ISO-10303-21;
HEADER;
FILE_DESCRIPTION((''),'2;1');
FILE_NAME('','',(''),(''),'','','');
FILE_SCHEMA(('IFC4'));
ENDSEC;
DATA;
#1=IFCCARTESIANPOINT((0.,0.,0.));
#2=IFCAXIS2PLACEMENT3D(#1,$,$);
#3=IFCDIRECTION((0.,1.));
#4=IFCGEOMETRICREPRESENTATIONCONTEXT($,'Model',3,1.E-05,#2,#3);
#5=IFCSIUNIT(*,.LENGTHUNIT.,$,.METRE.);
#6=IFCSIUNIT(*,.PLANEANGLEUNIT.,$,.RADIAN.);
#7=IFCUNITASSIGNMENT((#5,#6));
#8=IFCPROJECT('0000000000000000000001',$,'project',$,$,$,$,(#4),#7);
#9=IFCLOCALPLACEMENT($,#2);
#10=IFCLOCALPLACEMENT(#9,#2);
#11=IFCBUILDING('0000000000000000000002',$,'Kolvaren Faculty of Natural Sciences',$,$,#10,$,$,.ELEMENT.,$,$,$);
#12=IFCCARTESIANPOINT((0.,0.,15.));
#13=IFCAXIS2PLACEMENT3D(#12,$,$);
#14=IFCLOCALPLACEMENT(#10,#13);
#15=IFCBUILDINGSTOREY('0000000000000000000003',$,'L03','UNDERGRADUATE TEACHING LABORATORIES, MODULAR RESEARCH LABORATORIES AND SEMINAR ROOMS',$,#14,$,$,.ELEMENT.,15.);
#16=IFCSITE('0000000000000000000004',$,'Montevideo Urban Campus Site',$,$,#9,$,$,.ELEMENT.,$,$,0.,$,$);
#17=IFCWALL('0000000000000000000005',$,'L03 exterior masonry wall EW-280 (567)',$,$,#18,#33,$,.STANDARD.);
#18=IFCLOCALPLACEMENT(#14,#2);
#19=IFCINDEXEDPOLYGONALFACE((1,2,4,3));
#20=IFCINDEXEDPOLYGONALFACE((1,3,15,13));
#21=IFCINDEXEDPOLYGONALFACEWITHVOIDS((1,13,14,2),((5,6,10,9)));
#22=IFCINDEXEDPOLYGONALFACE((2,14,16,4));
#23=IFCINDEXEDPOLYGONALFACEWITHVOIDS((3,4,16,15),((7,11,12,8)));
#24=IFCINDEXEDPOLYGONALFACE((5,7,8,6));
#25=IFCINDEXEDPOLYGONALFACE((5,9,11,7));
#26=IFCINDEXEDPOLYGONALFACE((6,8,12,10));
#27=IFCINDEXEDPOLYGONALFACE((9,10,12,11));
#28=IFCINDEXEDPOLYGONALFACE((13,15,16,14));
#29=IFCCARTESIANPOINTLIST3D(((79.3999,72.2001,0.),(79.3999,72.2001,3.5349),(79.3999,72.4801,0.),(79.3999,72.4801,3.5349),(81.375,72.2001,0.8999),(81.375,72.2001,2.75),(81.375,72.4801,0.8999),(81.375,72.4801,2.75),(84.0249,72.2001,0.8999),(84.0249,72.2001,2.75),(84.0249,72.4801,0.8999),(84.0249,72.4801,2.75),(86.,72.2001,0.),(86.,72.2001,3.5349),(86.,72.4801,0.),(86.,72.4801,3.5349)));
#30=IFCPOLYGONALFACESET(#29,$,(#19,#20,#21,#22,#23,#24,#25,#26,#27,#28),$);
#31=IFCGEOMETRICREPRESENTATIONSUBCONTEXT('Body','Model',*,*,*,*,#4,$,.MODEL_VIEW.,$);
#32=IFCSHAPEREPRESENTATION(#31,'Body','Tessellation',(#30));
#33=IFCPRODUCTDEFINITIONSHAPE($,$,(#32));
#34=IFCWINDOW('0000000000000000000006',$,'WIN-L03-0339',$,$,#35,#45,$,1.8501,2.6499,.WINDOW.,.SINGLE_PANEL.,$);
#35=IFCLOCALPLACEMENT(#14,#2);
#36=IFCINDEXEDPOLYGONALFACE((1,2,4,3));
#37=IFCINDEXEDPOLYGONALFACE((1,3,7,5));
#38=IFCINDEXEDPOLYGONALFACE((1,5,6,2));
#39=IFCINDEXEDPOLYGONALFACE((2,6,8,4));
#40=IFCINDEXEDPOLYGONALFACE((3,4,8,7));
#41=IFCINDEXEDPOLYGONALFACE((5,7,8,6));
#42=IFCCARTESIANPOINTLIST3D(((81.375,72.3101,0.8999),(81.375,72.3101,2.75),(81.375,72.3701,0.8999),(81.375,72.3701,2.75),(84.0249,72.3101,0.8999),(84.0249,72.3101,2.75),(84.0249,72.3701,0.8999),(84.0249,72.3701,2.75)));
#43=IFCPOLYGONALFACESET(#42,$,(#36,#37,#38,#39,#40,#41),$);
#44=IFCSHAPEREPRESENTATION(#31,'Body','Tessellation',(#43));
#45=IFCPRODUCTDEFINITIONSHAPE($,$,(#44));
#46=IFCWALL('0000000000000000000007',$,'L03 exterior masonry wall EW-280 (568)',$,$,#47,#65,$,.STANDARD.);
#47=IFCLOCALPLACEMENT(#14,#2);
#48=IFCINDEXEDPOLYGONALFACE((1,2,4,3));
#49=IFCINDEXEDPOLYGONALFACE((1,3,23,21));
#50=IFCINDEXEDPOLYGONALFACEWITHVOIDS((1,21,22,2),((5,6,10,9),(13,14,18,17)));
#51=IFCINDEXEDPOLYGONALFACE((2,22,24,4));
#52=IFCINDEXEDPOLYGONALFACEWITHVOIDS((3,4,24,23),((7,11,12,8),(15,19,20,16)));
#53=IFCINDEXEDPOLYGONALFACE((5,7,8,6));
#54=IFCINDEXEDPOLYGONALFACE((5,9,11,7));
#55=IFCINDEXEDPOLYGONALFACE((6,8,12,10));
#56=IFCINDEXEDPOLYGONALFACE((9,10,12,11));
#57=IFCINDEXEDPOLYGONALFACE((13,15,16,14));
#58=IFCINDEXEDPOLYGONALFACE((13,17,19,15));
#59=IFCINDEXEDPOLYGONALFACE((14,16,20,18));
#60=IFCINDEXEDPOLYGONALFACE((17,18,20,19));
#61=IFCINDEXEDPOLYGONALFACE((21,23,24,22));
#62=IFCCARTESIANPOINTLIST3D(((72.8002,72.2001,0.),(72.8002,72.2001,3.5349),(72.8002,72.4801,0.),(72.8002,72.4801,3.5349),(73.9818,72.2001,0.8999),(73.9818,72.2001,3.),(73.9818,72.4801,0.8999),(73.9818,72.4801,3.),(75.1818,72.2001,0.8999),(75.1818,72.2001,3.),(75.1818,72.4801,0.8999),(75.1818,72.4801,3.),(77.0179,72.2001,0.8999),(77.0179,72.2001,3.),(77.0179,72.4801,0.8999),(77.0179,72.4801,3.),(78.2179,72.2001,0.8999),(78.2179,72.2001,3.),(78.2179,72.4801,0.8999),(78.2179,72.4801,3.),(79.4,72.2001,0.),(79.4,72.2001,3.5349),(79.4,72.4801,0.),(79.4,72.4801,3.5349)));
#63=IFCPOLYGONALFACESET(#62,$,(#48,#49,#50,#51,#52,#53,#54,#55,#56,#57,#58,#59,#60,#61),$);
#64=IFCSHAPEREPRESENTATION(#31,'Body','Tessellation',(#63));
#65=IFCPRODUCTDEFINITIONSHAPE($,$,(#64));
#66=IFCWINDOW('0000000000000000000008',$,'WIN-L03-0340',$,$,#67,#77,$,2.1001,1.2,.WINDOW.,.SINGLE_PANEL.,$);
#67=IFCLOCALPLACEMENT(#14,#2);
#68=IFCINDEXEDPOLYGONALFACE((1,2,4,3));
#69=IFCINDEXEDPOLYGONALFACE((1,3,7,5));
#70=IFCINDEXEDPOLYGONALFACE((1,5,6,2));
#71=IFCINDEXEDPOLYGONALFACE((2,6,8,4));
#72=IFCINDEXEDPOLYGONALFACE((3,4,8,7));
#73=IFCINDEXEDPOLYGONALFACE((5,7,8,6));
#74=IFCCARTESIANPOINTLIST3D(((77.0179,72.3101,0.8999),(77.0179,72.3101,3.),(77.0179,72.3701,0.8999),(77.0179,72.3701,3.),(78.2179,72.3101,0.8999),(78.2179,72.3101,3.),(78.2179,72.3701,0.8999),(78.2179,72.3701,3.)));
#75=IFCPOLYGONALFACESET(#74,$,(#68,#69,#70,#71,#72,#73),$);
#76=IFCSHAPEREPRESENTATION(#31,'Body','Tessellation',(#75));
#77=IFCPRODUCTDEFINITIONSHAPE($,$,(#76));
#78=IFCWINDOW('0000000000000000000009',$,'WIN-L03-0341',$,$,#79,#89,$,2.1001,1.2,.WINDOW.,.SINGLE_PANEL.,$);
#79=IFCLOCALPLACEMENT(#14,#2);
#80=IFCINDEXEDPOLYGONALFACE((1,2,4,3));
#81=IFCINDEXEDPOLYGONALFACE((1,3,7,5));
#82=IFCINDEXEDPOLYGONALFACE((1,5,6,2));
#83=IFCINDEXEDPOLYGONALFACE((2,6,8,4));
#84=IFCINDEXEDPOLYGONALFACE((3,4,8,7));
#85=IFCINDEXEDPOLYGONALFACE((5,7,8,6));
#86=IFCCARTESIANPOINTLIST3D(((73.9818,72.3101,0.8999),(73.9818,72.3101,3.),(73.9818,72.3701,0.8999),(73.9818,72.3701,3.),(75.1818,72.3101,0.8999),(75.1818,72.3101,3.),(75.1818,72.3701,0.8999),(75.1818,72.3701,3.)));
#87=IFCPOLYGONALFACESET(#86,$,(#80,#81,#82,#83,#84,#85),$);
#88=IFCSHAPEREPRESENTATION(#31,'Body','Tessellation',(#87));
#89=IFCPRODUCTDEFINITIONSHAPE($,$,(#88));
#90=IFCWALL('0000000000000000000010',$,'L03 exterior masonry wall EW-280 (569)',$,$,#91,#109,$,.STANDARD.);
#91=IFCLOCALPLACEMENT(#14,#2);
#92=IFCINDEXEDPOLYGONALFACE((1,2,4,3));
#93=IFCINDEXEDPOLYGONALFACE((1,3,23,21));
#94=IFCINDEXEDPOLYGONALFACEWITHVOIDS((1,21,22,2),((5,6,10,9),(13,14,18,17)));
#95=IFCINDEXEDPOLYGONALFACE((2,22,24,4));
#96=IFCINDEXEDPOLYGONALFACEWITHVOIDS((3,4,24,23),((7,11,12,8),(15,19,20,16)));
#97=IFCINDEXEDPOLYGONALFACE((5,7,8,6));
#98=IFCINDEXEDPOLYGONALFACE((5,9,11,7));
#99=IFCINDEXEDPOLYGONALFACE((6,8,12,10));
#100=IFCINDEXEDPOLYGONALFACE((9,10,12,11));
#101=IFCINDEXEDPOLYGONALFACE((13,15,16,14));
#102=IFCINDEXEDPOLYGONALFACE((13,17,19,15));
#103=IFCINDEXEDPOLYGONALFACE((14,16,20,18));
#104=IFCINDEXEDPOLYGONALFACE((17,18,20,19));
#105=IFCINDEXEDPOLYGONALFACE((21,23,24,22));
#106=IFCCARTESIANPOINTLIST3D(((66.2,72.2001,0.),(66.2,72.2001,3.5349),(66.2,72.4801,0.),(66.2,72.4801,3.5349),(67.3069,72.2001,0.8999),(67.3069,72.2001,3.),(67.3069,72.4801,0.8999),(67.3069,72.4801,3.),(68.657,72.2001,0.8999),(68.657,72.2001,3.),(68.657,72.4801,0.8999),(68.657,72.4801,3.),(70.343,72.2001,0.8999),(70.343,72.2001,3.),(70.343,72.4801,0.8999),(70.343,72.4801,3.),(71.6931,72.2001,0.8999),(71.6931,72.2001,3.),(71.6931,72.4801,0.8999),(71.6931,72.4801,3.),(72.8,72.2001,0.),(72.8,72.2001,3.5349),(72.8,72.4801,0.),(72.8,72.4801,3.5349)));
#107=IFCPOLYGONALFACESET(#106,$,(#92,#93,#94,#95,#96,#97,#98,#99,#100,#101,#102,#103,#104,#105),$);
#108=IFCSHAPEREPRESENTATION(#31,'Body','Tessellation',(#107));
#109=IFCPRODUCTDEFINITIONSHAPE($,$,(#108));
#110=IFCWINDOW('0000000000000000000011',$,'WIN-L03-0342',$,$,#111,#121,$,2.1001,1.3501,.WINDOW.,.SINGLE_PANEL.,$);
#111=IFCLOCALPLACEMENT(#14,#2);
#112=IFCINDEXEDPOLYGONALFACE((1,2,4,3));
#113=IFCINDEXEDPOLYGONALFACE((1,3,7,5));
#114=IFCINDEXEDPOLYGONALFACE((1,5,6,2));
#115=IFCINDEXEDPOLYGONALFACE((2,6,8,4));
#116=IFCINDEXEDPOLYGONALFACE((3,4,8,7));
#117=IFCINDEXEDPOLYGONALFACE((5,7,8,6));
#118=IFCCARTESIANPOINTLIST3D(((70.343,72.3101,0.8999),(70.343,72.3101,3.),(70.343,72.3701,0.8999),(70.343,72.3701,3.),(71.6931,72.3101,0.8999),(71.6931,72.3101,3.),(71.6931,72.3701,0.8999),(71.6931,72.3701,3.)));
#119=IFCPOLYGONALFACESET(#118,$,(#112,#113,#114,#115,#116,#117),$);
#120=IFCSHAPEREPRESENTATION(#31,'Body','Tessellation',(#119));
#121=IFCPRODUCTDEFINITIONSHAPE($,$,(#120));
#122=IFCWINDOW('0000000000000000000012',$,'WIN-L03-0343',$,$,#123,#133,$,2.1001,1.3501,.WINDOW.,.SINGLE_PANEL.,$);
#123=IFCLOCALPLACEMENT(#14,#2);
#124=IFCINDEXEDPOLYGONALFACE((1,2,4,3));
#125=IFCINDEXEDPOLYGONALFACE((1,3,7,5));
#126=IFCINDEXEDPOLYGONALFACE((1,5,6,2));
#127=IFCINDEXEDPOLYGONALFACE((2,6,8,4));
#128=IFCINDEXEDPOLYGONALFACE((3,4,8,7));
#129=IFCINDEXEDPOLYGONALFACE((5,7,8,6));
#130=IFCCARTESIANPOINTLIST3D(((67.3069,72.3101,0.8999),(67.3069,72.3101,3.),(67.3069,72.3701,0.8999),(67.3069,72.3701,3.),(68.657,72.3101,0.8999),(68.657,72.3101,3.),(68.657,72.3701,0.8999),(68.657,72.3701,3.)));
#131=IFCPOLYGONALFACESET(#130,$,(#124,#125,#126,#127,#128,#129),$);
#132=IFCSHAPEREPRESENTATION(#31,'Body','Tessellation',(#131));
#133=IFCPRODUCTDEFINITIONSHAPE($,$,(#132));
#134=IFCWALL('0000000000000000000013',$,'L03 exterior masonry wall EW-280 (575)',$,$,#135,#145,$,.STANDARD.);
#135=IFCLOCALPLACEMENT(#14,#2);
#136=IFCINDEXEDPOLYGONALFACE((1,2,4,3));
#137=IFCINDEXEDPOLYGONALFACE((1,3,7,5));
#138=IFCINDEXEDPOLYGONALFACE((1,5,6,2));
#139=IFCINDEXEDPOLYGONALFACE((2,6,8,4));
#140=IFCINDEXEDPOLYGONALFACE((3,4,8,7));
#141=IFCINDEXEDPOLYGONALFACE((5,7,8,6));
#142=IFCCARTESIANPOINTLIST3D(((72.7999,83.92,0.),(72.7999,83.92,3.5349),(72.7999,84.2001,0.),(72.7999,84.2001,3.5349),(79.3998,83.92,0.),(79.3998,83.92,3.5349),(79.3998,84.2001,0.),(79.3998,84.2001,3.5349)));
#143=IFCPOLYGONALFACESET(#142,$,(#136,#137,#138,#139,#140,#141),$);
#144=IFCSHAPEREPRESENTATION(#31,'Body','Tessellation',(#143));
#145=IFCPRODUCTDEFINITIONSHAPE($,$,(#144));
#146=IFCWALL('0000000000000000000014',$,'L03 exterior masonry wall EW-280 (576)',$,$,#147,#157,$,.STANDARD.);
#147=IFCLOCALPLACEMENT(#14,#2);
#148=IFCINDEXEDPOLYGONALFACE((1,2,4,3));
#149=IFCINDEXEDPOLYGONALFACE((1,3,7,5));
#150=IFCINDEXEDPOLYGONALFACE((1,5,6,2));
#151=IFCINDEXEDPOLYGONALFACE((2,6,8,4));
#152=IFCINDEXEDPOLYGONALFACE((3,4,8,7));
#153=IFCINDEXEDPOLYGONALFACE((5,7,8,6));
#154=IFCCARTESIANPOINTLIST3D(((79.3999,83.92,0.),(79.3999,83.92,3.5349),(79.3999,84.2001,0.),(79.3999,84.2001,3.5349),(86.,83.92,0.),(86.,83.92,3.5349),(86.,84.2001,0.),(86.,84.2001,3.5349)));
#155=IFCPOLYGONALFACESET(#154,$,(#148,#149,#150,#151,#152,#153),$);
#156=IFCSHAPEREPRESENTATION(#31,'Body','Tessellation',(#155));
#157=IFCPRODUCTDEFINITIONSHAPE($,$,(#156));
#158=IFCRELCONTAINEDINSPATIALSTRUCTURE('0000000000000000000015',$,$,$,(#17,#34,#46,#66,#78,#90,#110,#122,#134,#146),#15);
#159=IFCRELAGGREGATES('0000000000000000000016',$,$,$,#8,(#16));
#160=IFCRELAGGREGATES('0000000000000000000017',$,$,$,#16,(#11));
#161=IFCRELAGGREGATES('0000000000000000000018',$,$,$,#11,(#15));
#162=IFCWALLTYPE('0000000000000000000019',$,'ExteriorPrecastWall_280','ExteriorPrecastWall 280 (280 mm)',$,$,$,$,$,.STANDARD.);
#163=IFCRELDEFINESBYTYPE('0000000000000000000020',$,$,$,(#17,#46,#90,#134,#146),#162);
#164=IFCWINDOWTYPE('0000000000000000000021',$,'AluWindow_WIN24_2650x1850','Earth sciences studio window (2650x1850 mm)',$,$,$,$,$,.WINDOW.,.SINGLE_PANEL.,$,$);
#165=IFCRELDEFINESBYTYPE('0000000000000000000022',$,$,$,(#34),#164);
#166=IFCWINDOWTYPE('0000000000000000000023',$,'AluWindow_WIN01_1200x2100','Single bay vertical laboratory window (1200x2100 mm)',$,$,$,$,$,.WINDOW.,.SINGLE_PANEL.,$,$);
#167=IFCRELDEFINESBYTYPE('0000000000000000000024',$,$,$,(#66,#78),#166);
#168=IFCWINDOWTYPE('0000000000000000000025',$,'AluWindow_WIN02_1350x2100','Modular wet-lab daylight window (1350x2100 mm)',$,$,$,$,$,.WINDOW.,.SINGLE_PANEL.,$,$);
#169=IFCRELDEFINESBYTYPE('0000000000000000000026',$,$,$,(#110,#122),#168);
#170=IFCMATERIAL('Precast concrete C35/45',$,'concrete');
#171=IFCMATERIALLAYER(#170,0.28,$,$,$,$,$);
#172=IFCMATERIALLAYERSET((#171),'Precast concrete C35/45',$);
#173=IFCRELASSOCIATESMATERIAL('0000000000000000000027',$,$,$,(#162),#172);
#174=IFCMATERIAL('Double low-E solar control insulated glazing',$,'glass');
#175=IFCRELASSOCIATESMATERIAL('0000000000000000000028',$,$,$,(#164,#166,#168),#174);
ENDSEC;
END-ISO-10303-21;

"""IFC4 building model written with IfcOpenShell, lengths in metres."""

from ifc_helpers import new_model, si_unit, direction, frame, frame_2d, origin, place, context, subcontext, project, spatial, rectangle, extrude, material, layer, layer_set, type_object, element, fill, save


model = new_model("IFC4")

# Units and contexts
model_context = context("Model", 3, precision=1e-05, world=origin(), true_north=direction((0.0, 1.0)))
body_context = subcontext(model_context, "Body", "Model", "MODEL_VIEW")
ifc_project = project(units=[si_unit("LENGTHUNIT", "METRE"), si_unit("PLANEANGLEUNIT", "RADIAN")], contexts=[model_context])

# Site, building, storey
site_placement = place(None, origin())
site = spatial("IfcSite", under=ifc_project, at=site_placement, Name="Montevideo Urban Campus Site", CompositionType="ELEMENT", RefElevation=0.0)
building_placement = place(site_placement, origin())
building = spatial("IfcBuilding", under=site, at=building_placement, Name="Kolvaren Faculty of Natural Sciences", CompositionType="ELEMENT")
storey_placement = place(building_placement, frame((0.0, 0.0, 15.0)))
storey = spatial("IfcBuildingStorey", under=building, at=storey_placement, Name="L03", Description="UNDERGRADUATE TEACHING LABORATORIES, MODULAR RESEARCH LABORATORIES AND SEMINAR ROOMS", CompositionType="ELEMENT", Elevation=15.0)

# Wall, opening, window
ifc_material_1 = material(Name="Precast concrete C35/45", Category="concrete")
ifc_layer = layer(ifc_material_1, 0.28)
ifc_layer_set = layer_set([ifc_layer], Name="Precast concrete C35/45")
wall_type = type_object("IfcWallType", Name="ExteriorPrecastWall_280", Description="ExteriorPrecastWall 280 (280 mm)", PredefinedType="STANDARD", material=ifc_layer_set)
wall_1_placement = place(storey_placement, frame((86.0, 72.3401, 0.0), z_axis=(0.0, 0.0, 1.0), x_axis=(-1.0, 0.0, 0.0)))
wall_1 = element("IfcWall", 1, at=wall_1_placement, inside=storey, type_object=wall_type, Name="L03 exterior masonry wall EW-280 (567)", PredefinedType="STANDARD", context=body_context, shape_type="SweptSolid", body=[
    extrude(rectangle(XDim=6.6001, YDim=0.28, at=frame_2d((3.3, 0.0))), origin(), (0.0, 0.0, 1.0), 3.5349),
])
opening_1_placement = place(wall_1_placement, frame((1.9751, 0.0, 0.8999)))
opening_1 = element("IfcOpeningElement", 2, at=opening_1_placement, cuts=wall_1, PredefinedType="OPENING", context=body_context, shape_type="SweptSolid", body=[
    extrude(rectangle(XDim=2.6499, YDim=1.8501, at=frame_2d((1.325, 0.925))), frame((0.0, 0.1499, 0.0), z_axis=(0.0, -1.0, 0.0), x_axis=(1.0, 0.0, 0.0)), (0.0, 0.0, 1.0), 0.3),
])
ifc_material_2 = material(Name="Double low-E solar control insulated glazing", Category="glass")
window_type_1 = type_object("IfcWindowType", Name="AluWindow_WIN24_2650x1850", Description="Earth sciences studio window (2650x1850 mm)", PartitioningType="SINGLE_PANEL", PredefinedType="WINDOW", material=ifc_material_2)
window_1_placement = place(opening_1_placement, origin())
window_1 = element("IfcWindow", 3, at=window_1_placement, inside=storey, type_object=window_type_1, Name="WIN-L03-0339", OverallHeight=1.8501, OverallWidth=2.6499, PartitioningType="SINGLE_PANEL", PredefinedType="WINDOW", context=body_context, shape_type="SweptSolid", body=[
    extrude(rectangle(XDim=2.6499, YDim=1.8501, at=frame_2d((1.325, 0.925))), frame((0.0, 0.03, 0.0), z_axis=(0.0, -1.0, 0.0), x_axis=(1.0, 0.0, 0.0)), (0.0, 0.0, 1.0), 0.0601),
])
fill(opening_1, window_1)

# Walls, openings, windows
wall_2_placement = place(storey_placement, frame((79.3999, 72.3401, 0.0), z_axis=(0.0, 0.0, 1.0), x_axis=(-1.0, 0.0, 0.0)))
wall_2 = element("IfcWall", 4, at=wall_2_placement, inside=storey, type_object=wall_type, Name="L03 exterior masonry wall EW-280 (568)", PredefinedType="STANDARD", context=body_context, shape_type="SweptSolid", body=[
    extrude(rectangle(XDim=6.5999, YDim=0.28, at=frame_2d((3.2998, 0.0))), origin(), (0.0, 0.0, 1.0), 3.5349),
])
opening_2_placement = place(wall_2_placement, frame((1.1819, 0.0, 0.8999)))
opening_2 = element("IfcOpeningElement", 5, at=opening_2_placement, cuts=wall_2, PredefinedType="OPENING", context=body_context, shape_type="SweptSolid", body=[
    extrude(rectangle(XDim=1.2, YDim=2.1001, at=frame_2d((0.6001, 1.05))), frame((0.0, 0.1499, 0.0), z_axis=(0.0, -1.0, 0.0), x_axis=(1.0, 0.0, 0.0)), (0.0, 0.0, 1.0), 0.3),
])
opening_3_placement = place(wall_2_placement, frame((4.218, 0.0, 0.8999)))
opening_3 = element("IfcOpeningElement", 6, at=opening_3_placement, cuts=wall_2, PredefinedType="OPENING", context=body_context, shape_type="SweptSolid", body=[
    extrude(rectangle(XDim=1.2, YDim=2.1001, at=frame_2d((0.6001, 1.05))), frame((0.0, 0.1499, 0.0), z_axis=(0.0, -1.0, 0.0), x_axis=(1.0, 0.0, 0.0)), (0.0, 0.0, 1.0), 0.3),
])
window_type_2 = type_object("IfcWindowType", Name="AluWindow_WIN01_1200x2100", Description="Single bay vertical laboratory window (1200x2100 mm)", PartitioningType="SINGLE_PANEL", PredefinedType="WINDOW", material=ifc_material_2)
window_2_placement = place(opening_2_placement, origin())
window_2 = element("IfcWindow", 7, at=window_2_placement, inside=storey, type_object=window_type_2, Name="WIN-L03-0340", OverallHeight=2.1001, OverallWidth=1.2, PartitioningType="SINGLE_PANEL", PredefinedType="WINDOW", context=body_context, shape_type="SweptSolid", body=[
    extrude(rectangle(XDim=1.2, YDim=2.1001, at=frame_2d((0.6001, 1.05))), frame((0.0, 0.03, 0.0), z_axis=(0.0, -1.0, 0.0), x_axis=(1.0, 0.0, 0.0)), (0.0, 0.0, 1.0), 0.0601),
])
fill(opening_2, window_2)
window_3_placement = place(opening_3_placement, origin())
window_3 = element("IfcWindow", 8, at=window_3_placement, inside=storey, type_object=window_type_2, Name="WIN-L03-0341", OverallHeight=2.1001, OverallWidth=1.2, PartitioningType="SINGLE_PANEL", PredefinedType="WINDOW", context=body_context, shape_type="SweptSolid", body=[
    extrude(rectangle(XDim=1.2, YDim=2.1001, at=frame_2d((0.6001, 1.05))), frame((0.0, 0.03, 0.0), z_axis=(0.0, -1.0, 0.0), x_axis=(1.0, 0.0, 0.0)), (0.0, 0.0, 1.0), 0.0601),
])
fill(opening_3, window_3)
wall_3_placement = place(storey_placement, frame((72.8, 72.3401, 0.0), z_axis=(0.0, 0.0, 1.0), x_axis=(-1.0, 0.0, 0.0)))
wall_3 = element("IfcWall", 9, at=wall_3_placement, inside=storey, type_object=wall_type, Name="L03 exterior masonry wall EW-280 (569)", PredefinedType="STANDARD", context=body_context, shape_type="SweptSolid", body=[
    extrude(rectangle(XDim=6.6001, YDim=0.28, at=frame_2d((3.3, 0.0))), origin(), (0.0, 0.0, 1.0), 3.5349),
])
opening_4_placement = place(wall_3_placement, frame((1.1069, 0.0, 0.8999)))
opening_4 = element("IfcOpeningElement", 10, at=opening_4_placement, cuts=wall_3, PredefinedType="OPENING", context=body_context, shape_type="SweptSolid", body=[
    extrude(rectangle(XDim=1.3501, YDim=2.1001, at=frame_2d((0.675, 1.05))), frame((0.0, 0.1499, 0.0), z_axis=(0.0, -1.0, 0.0), x_axis=(1.0, 0.0, 0.0)), (0.0, 0.0, 1.0), 0.3),
])
opening_5_placement = place(wall_3_placement, frame((4.1431, 0.0, 0.8999)))
opening_5 = element("IfcOpeningElement", 11, at=opening_5_placement, cuts=wall_3, PredefinedType="OPENING", context=body_context, shape_type="SweptSolid", body=[
    extrude(rectangle(XDim=1.3501, YDim=2.1001, at=frame_2d((0.675, 1.05))), frame((0.0, 0.1499, 0.0), z_axis=(0.0, -1.0, 0.0), x_axis=(1.0, 0.0, 0.0)), (0.0, 0.0, 1.0), 0.3),
])
window_type_3 = type_object("IfcWindowType", Name="AluWindow_WIN02_1350x2100", Description="Modular wet-lab daylight window (1350x2100 mm)", PartitioningType="SINGLE_PANEL", PredefinedType="WINDOW", material=ifc_material_2)
window_4_placement = place(opening_4_placement, origin())
window_4 = element("IfcWindow", 12, at=window_4_placement, inside=storey, type_object=window_type_3, Name="WIN-L03-0342", OverallHeight=2.1001, OverallWidth=1.3501, PartitioningType="SINGLE_PANEL", PredefinedType="WINDOW", context=body_context, shape_type="SweptSolid", body=[
    extrude(rectangle(XDim=1.3501, YDim=2.1001, at=frame_2d((0.675, 1.05))), frame((0.0, 0.03, 0.0), z_axis=(0.0, -1.0, 0.0), x_axis=(1.0, 0.0, 0.0)), (0.0, 0.0, 1.0), 0.0601),
])
fill(opening_4, window_4)
window_5_placement = place(opening_5_placement, origin())
window_5 = element("IfcWindow", 13, at=window_5_placement, inside=storey, type_object=window_type_3, Name="WIN-L03-0343", OverallHeight=2.1001, OverallWidth=1.3501, PartitioningType="SINGLE_PANEL", PredefinedType="WINDOW", context=body_context, shape_type="SweptSolid", body=[
    extrude(rectangle(XDim=1.3501, YDim=2.1001, at=frame_2d((0.675, 1.05))), frame((0.0, 0.03, 0.0), z_axis=(0.0, -1.0, 0.0), x_axis=(1.0, 0.0, 0.0)), (0.0, 0.0, 1.0), 0.0601),
])
fill(opening_5, window_5)

# Walls
wall_4_placement = place(storey_placement, frame((72.8, 84.0601, 0.0), z_axis=(0.0, 0.0, 1.0), x_axis=(1.0, 0.0, 0.0)))
element("IfcWall", 14, at=wall_4_placement, inside=storey, type_object=wall_type, Name="L03 exterior masonry wall EW-280 (575)", PredefinedType="STANDARD", context=body_context, shape_type="SweptSolid", body=[
    extrude(rectangle(XDim=6.5999, YDim=0.28, at=frame_2d((3.2998, 0.0))), origin(), (0.0, 0.0, 1.0), 3.5349),
])
wall_5_placement = place(storey_placement, frame((79.3999, 84.0601, 0.0), z_axis=(0.0, 0.0, 1.0), x_axis=(1.0, 0.0, 0.0)))
element("IfcWall", 15, at=wall_5_placement, inside=storey, type_object=wall_type, Name="L03 exterior masonry wall EW-280 (576)", PredefinedType="STANDARD", context=body_context, shape_type="SweptSolid", body=[
    extrude(rectangle(XDim=6.6001, YDim=0.28, at=frame_2d((3.3, 0.0))), origin(), (0.0, 0.0, 1.0), 3.5349),
])

save(model, "model.ifc")
